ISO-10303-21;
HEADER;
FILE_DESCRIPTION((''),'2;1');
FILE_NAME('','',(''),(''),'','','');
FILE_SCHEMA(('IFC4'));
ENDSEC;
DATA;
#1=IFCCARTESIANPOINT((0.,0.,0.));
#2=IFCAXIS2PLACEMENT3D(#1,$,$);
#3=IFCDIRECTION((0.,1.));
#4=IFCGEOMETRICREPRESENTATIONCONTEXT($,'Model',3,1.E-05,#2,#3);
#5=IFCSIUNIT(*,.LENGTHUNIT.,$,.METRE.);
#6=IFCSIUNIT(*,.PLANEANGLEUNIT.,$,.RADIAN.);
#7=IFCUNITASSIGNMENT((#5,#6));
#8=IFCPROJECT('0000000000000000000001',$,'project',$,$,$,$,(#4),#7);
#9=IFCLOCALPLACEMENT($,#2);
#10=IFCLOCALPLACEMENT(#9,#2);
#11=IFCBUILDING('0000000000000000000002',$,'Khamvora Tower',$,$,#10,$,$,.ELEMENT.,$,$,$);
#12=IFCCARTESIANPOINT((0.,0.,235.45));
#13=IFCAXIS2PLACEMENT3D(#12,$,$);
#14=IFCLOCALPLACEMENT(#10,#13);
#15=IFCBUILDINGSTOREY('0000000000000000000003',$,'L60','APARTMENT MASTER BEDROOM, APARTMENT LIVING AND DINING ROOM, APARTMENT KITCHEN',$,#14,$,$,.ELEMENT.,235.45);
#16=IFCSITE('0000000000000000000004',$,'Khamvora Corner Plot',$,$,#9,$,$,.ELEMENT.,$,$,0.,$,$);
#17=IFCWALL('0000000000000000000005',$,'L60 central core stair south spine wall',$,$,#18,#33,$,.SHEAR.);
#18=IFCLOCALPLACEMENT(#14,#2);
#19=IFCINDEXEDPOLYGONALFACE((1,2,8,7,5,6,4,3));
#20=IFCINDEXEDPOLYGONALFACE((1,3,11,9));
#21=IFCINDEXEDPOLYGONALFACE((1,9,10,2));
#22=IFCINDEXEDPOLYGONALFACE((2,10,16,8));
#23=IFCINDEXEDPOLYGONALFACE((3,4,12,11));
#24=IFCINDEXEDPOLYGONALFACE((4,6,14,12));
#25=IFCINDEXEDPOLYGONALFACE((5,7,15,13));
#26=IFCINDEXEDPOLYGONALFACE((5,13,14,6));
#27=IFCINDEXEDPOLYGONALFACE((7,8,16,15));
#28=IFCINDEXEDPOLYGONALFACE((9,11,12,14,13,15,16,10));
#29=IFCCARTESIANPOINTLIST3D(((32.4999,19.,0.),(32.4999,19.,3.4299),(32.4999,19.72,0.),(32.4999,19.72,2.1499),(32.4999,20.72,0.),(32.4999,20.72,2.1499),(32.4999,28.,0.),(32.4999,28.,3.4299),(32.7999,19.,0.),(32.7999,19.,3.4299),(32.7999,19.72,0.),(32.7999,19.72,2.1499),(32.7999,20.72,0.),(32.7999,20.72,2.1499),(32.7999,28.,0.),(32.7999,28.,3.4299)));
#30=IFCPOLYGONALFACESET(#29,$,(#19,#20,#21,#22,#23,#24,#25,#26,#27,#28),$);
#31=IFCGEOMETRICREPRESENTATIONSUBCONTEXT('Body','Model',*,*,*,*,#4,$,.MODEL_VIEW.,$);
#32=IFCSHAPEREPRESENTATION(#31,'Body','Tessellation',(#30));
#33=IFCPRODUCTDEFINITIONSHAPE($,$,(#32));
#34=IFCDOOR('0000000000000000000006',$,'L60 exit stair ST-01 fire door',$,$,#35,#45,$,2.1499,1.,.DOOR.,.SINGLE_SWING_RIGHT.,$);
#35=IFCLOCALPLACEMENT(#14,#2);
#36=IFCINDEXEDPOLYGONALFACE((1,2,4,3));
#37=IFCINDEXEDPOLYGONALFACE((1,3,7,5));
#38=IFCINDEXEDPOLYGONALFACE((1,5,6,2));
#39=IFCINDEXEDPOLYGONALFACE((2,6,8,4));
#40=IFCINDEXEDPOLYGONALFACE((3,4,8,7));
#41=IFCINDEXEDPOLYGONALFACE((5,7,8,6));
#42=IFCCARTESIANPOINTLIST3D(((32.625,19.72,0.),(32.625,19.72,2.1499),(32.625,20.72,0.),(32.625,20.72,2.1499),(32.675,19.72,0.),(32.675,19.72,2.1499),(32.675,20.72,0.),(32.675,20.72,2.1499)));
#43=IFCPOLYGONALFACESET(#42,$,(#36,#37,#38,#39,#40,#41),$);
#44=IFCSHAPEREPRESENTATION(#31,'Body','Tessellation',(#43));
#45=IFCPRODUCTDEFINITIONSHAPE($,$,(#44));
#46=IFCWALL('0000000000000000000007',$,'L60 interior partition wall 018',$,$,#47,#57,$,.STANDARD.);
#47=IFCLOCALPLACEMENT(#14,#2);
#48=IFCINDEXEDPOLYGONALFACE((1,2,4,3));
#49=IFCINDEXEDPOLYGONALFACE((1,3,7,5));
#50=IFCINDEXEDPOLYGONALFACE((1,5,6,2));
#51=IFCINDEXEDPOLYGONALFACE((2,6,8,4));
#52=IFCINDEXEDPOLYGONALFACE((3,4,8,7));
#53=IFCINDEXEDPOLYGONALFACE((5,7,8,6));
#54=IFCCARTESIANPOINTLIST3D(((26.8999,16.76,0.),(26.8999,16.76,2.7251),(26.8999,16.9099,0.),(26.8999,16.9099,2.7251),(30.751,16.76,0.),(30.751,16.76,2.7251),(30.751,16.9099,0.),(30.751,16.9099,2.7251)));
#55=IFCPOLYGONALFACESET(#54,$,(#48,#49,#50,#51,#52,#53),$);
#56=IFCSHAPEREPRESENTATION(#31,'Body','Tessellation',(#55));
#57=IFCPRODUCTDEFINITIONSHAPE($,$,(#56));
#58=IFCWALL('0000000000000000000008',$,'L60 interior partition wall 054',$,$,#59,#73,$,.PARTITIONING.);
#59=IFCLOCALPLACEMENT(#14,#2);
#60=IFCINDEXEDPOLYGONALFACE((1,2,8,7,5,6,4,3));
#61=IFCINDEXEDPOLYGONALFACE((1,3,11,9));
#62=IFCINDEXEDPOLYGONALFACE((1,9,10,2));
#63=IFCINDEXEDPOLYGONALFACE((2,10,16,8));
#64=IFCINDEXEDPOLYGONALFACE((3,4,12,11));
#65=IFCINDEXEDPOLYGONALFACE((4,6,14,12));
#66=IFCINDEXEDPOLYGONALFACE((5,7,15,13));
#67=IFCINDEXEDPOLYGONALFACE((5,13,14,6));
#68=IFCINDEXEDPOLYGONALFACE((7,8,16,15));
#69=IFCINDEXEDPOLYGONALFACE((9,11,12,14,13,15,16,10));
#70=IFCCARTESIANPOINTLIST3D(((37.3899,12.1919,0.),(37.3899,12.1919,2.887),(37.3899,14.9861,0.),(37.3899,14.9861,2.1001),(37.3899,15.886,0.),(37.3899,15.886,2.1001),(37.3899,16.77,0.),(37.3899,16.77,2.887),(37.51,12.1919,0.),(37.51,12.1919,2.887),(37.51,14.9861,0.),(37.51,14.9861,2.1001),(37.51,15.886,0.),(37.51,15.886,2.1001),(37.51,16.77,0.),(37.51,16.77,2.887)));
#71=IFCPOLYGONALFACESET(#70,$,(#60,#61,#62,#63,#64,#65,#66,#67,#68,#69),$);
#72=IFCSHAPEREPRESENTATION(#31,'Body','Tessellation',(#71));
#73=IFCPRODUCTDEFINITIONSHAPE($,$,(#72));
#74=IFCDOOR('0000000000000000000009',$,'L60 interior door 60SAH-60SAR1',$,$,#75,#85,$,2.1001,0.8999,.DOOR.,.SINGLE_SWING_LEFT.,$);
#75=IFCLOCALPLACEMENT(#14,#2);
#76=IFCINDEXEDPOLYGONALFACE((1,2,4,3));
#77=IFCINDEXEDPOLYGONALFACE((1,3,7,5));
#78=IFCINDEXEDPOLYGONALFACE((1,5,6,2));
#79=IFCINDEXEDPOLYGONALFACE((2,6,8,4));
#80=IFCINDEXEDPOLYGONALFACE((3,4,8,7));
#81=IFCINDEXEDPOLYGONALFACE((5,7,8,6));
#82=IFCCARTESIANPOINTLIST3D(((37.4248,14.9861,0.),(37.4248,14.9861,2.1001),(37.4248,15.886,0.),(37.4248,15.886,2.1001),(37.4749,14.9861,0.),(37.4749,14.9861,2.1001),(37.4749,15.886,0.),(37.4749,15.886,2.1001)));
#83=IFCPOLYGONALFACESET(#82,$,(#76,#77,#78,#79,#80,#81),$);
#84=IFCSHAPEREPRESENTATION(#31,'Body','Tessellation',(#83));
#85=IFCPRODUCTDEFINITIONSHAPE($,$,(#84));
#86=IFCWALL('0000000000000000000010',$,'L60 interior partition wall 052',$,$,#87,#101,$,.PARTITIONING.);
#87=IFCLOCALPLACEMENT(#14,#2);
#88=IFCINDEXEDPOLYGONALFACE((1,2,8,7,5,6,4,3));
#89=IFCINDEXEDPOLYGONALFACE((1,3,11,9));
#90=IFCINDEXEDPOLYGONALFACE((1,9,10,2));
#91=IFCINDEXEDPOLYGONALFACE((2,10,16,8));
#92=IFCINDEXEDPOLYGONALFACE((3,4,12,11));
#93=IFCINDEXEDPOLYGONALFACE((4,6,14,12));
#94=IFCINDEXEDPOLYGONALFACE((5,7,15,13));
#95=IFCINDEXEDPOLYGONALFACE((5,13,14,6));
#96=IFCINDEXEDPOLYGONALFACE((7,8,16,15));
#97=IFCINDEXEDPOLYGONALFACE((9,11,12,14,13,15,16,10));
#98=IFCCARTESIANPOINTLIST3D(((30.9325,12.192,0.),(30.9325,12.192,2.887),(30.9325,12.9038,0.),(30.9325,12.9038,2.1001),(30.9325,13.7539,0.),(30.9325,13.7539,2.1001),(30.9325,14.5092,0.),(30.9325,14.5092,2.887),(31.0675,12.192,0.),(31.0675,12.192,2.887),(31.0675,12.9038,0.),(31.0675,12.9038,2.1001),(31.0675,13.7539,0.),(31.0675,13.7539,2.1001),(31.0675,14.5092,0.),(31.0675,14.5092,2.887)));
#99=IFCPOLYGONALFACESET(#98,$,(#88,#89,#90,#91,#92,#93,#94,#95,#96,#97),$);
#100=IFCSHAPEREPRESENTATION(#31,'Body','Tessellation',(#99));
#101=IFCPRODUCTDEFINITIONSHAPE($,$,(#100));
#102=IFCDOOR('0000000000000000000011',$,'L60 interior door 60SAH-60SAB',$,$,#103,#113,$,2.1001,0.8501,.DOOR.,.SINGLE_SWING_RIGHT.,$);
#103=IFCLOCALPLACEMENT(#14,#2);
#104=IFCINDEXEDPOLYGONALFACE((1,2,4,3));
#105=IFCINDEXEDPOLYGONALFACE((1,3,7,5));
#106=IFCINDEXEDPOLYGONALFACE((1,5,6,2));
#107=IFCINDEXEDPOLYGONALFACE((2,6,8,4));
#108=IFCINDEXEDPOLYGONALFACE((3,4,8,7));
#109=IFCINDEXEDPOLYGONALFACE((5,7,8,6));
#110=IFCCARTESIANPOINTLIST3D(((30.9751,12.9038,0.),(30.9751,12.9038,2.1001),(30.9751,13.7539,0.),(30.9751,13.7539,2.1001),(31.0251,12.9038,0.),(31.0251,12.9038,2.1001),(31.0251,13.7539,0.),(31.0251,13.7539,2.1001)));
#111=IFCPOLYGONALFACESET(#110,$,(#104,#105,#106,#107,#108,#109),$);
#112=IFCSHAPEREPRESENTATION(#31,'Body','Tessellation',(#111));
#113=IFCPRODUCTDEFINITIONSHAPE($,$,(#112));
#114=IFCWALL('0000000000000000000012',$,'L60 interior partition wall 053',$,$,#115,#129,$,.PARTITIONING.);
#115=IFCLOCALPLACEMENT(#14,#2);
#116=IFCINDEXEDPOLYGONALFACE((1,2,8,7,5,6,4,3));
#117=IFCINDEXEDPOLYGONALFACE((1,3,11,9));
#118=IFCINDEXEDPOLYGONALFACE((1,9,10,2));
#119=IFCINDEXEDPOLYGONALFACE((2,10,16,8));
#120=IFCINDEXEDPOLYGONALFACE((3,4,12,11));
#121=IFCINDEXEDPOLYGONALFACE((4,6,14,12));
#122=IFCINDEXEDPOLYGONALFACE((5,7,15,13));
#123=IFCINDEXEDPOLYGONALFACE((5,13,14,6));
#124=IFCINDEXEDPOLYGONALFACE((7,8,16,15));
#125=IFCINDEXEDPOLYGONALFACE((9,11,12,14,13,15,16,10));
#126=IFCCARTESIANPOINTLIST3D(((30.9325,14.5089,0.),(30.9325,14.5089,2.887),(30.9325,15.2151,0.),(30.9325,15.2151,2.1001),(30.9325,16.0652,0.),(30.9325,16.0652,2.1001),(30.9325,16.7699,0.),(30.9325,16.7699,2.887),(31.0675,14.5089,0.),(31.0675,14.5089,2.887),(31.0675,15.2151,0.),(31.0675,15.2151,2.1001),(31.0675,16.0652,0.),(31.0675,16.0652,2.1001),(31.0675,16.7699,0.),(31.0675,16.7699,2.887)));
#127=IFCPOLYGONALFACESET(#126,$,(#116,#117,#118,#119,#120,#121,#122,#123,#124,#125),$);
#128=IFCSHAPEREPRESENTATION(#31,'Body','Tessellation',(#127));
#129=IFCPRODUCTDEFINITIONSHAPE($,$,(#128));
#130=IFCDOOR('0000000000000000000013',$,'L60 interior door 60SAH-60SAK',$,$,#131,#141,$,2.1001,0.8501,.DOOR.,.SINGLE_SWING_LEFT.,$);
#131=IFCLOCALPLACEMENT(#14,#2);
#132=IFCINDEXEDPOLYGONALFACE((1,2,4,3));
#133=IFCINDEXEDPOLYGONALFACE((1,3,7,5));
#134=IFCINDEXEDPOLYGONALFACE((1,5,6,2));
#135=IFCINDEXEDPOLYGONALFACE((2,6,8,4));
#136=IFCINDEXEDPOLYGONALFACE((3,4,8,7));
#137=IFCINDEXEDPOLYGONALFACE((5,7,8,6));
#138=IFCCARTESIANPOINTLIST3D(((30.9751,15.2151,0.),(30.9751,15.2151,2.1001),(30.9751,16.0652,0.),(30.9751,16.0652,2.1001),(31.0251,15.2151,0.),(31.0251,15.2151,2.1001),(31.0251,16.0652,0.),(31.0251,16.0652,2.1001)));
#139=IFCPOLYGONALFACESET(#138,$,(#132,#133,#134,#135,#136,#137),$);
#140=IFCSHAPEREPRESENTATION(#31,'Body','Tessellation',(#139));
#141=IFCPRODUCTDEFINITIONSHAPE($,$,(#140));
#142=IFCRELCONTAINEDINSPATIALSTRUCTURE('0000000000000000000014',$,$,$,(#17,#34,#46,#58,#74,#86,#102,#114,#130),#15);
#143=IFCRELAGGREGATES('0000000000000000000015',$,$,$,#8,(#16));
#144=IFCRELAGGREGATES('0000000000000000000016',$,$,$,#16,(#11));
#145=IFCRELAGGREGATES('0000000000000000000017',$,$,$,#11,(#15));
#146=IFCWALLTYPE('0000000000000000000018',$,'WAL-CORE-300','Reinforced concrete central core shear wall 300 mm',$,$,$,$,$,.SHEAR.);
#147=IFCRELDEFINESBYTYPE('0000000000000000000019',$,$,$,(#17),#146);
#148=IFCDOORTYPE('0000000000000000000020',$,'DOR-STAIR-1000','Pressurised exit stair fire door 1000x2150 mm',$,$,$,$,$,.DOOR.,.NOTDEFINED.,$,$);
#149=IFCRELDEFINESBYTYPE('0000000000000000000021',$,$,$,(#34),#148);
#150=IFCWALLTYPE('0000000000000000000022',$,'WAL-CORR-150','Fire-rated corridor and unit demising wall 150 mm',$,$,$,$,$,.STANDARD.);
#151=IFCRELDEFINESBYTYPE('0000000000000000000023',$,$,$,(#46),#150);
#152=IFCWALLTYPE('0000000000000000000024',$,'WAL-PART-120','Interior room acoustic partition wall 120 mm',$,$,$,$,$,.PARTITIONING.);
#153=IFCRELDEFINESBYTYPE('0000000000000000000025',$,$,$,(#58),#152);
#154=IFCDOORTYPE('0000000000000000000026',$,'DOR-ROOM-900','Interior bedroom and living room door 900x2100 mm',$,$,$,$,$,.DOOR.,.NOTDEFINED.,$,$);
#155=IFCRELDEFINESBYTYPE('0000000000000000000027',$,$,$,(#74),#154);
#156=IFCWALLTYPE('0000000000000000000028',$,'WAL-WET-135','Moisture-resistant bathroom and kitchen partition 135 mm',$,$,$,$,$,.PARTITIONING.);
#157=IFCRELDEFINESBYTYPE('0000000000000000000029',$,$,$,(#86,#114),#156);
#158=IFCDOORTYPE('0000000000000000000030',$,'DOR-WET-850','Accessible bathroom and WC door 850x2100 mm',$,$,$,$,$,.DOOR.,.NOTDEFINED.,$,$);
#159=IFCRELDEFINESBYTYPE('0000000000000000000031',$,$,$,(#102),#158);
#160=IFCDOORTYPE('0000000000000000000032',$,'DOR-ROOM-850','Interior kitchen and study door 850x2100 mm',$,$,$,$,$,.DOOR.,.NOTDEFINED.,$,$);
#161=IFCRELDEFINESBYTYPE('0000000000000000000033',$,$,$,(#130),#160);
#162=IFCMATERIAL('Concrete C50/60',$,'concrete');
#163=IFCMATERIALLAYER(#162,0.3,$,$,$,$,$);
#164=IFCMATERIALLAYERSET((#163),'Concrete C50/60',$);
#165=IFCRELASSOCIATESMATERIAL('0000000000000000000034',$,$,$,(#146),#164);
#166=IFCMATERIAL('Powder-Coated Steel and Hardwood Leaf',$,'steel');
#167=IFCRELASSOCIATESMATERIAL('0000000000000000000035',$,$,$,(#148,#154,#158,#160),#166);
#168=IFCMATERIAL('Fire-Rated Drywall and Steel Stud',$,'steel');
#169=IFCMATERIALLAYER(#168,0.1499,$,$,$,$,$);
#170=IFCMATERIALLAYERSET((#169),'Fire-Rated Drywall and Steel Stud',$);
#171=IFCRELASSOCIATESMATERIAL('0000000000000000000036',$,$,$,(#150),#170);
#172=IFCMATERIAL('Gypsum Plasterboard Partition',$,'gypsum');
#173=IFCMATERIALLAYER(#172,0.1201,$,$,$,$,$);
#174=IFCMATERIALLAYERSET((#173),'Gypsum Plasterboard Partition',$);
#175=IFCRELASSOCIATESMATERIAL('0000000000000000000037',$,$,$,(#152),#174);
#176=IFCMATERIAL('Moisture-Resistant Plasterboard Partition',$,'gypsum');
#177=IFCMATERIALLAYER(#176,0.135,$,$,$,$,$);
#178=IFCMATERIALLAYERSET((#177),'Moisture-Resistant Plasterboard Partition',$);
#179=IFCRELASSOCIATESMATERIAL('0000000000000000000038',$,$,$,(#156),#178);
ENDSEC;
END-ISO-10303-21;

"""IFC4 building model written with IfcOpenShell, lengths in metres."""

from ifc_helpers import new_model, si_unit, direction, frame, frame_2d, origin, place, context, subcontext, project, spatial, rectangle, extrude, material, layer, layer_set, type_object, element, fill, save


model = new_model("IFC4")

# Units and contexts
model_context = context("Model", 3, precision=1e-05, world=origin(), true_north=direction((0.0, 1.0)))
body_context = subcontext(model_context, "Body", "Model", "MODEL_VIEW")
ifc_project = project(units=[si_unit("LENGTHUNIT", "METRE"), si_unit("PLANEANGLEUNIT", "RADIAN")], contexts=[model_context])

# Site, building, storey
site_placement = place(None, origin())
site = spatial("IfcSite", under=ifc_project, at=site_placement, Name="Khamvora Corner Plot", CompositionType="ELEMENT", RefElevation=0.0)
building_placement = place(site_placement, origin())
building = spatial("IfcBuilding", under=site, at=building_placement, Name="Khamvora Tower", CompositionType="ELEMENT")
storey_placement = place(building_placement, frame((0.0, 0.0, 235.45)))
storey = spatial("IfcBuildingStorey", under=building, at=storey_placement, Name="L60", Description="APARTMENT MASTER BEDROOM, APARTMENT LIVING AND DINING ROOM, APARTMENT KITCHEN", CompositionType="ELEMENT", Elevation=235.45)

# Shared definitions
ifc_material_1 = material(Name="Concrete C50/60", Category="concrete")
ifc_layer_1 = layer(ifc_material_1, 0.3)
ifc_layer_set_1 = layer_set([ifc_layer_1], Name="Concrete C50/60")
wall_type_1 = type_object("IfcWallType", Name="WAL-CORE-300", Description="Reinforced concrete central core shear wall 300 mm", PredefinedType="SHEAR", material=ifc_layer_set_1)

# Wall, opening, door
ifc_material_2 = material(Name="Powder-Coated Steel and Hardwood Leaf", Category="steel")
wall_1_placement = place(storey_placement, frame((32.6499, 19.0, 0.0), z_axis=(0.0, 0.0, 1.0), x_axis=(0.0, 1.0, 0.0)))
wall_1 = element("IfcWall", 1, at=wall_1_placement, inside=storey, type_object=wall_type_1, Name="L60 central core stair south spine wall", PredefinedType="SHEAR", context=body_context, shape_type="SweptSolid", body=[
    extrude(rectangle(XDim=9.0, YDim=0.3, at=frame_2d((4.5, 0.0))), origin(), (0.0, 0.0, 1.0), 3.4299),
])
opening_1_placement = place(wall_1_placement, frame((0.72, 0.0, 0.0)))
opening_1 = element("IfcOpeningElement", 2, at=opening_1_placement, cuts=wall_1, PredefinedType="OPENING", context=body_context, shape_type="SweptSolid", body=[
    extrude(rectangle(XDim=1.0, YDim=2.1499, at=frame_2d((0.5, 1.075))), frame((0.0, 0.1599, 0.0), z_axis=(0.0, -1.0, 0.0), x_axis=(1.0, 0.0, 0.0)), (0.0, 0.0, 1.0), 0.3201),
])
door_type_1 = type_object("IfcDoorType", Name="DOR-STAIR-1000", Description="Pressurised exit stair fire door 1000x2150 mm", OperationType="NOTDEFINED", PredefinedType="DOOR", material=ifc_material_2)
door_1_placement = place(opening_1_placement, origin())
door_1 = element("IfcDoor", 3, at=door_1_placement, inside=storey, type_object=door_type_1, Name="L60 exit stair ST-01 fire door", OperationType="SINGLE_SWING_RIGHT", OverallHeight=2.1499, OverallWidth=1.0, PredefinedType="DOOR", context=body_context, shape_type="SweptSolid", body=[
    extrude(rectangle(XDim=1.0, YDim=2.1499, at=frame_2d((0.5, 1.075))), frame((0.0, 0.0249, 0.0), z_axis=(0.0, -1.0, 0.0), x_axis=(1.0, 0.0, 0.0)), (0.0, 0.0, 1.0), 0.05),
])
fill(opening_1, door_1)

# Wall
ifc_material_3 = material(Name="Fire-Rated Drywall and Steel Stud", Category="steel")
ifc_layer_2 = layer(ifc_material_3, 0.1499)
ifc_layer_set_2 = layer_set([ifc_layer_2], Name="Fire-Rated Drywall and Steel Stud")
wall_type_2 = type_object("IfcWallType", Name="WAL-CORR-150", Description="Fire-rated corridor and unit demising wall 150 mm", PredefinedType="STANDARD", material=ifc_layer_set_2)
wall_2_placement = place(storey_placement, frame((30.751, 16.835, 0.0), z_axis=(0.0, 0.0, 1.0), x_axis=(-1.0, 0.0, 0.0)))
element("IfcWall", 4, at=wall_2_placement, inside=storey, type_object=wall_type_2, Name="L60 interior partition wall 018", PredefinedType="STANDARD", context=body_context, shape_type="SweptSolid", body=[
    extrude(rectangle(XDim=3.8511, YDim=0.1499, at=frame_2d((1.9255, 0.0))), origin(), (0.0, 0.0, 1.0), 2.7251),
])

# Walls, openings, doors
ifc_material_4 = material(Name="Gypsum Plasterboard Partition", Category="gypsum")
ifc_layer_3 = layer(ifc_material_4, 0.1201)
ifc_layer_set_3 = layer_set([ifc_layer_3], Name="Gypsum Plasterboard Partition")
wall_type_3 = type_object("IfcWallType", Name="WAL-PART-120", Description="Interior room acoustic partition wall 120 mm", PredefinedType="PARTITIONING", material=ifc_layer_set_3)
wall_3_placement = place(storey_placement, frame((37.45, 16.77, 0.0), z_axis=(0.0, 0.0, 1.0), x_axis=(0.0, -1.0, 0.0)))
wall_3 = element("IfcWall", 5, at=wall_3_placement, inside=storey, type_object=wall_type_3, Name="L60 interior partition wall 054", PredefinedType="PARTITIONING", context=body_context, shape_type="SweptSolid", body=[
    extrude(rectangle(XDim=4.5781, YDim=0.1201, at=frame_2d((2.2891, 0.0))), origin(), (0.0, 0.0, 1.0), 2.887),
])
opening_2_placement = place(wall_3_placement, frame((0.884, 0.0, 0.0)))
opening_2 = element("IfcOpeningElement", 6, at=opening_2_placement, cuts=wall_3, PredefinedType="OPENING", context=body_context, shape_type="SweptSolid", body=[
    extrude(rectangle(XDim=0.8999, YDim=2.1001, at=frame_2d((0.45, 1.05))), frame((0.0, 0.0701, 0.0), z_axis=(0.0, -1.0, 0.0), x_axis=(1.0, 0.0, 0.0)), (0.0, 0.0, 1.0), 0.1401),
])
door_type_2 = type_object("IfcDoorType", Name="DOR-ROOM-900", Description="Interior bedroom and living room door 900x2100 mm", OperationType="NOTDEFINED", PredefinedType="DOOR", material=ifc_material_2)
door_2_placement = place(opening_2_placement, origin())
door_2 = element("IfcDoor", 7, at=door_2_placement, inside=storey, type_object=door_type_2, Name="L60 interior door 60SAH-60SAR1", OperationType="SINGLE_SWING_LEFT", OverallHeight=2.1001, OverallWidth=0.8999, PredefinedType="DOOR", context=body_context, shape_type="SweptSolid", body=[
    extrude(rectangle(XDim=0.8999, YDim=2.1001, at=frame_2d((0.45, 1.05))), frame((0.0, 0.0249, 0.0), z_axis=(0.0, -1.0, 0.0), x_axis=(1.0, 0.0, 0.0)), (0.0, 0.0, 1.0), 0.05),
])
fill(opening_2, door_2)
ifc_material_5 = material(Name="Moisture-Resistant Plasterboard Partition", Category="gypsum")
ifc_layer_4 = layer(ifc_material_5, 0.135)
ifc_layer_set_4 = layer_set([ifc_layer_4], Name="Moisture-Resistant Plasterboard Partition")
wall_type_4 = type_object("IfcWallType", Name="WAL-WET-135", Description="Moisture-resistant bathroom and kitchen partition 135 mm", PredefinedType="PARTITIONING", material=ifc_layer_set_4)
wall_4_placement = place(storey_placement, frame((31.0, 12.1919, 0.0), z_axis=(0.0, 0.0, 1.0), x_axis=(0.0, 1.0, 0.0)))
wall_4 = element("IfcWall", 8, at=wall_4_placement, inside=storey, type_object=wall_type_4, Name="L60 interior partition wall 052", PredefinedType="PARTITIONING", context=body_context, shape_type="SweptSolid", body=[
    extrude(rectangle(XDim=2.3171, YDim=0.135, at=frame_2d((1.1587, 0.0))), origin(), (0.0, 0.0, 1.0), 2.887),
])
opening_3_placement = place(wall_4_placement, frame((0.7119, 0.0, 0.0)))
opening_3 = element("IfcOpeningElement", 9, at=opening_3_placement, cuts=wall_4, PredefinedType="OPENING", context=body_context, shape_type="SweptSolid", body=[
    extrude(rectangle(XDim=0.8501, YDim=2.1001, at=frame_2d((0.425, 1.05))), frame((0.0, 0.0774, 0.0), z_axis=(0.0, -1.0, 0.0), x_axis=(1.0, 0.0, 0.0)), (0.0, 0.0, 1.0), 0.155),
])
door_type_3 = type_object("IfcDoorType", Name="DOR-WET-850", Description="Accessible bathroom and WC door 850x2100 mm", OperationType="NOTDEFINED", PredefinedType="DOOR", material=ifc_material_2)
door_3_placement = place(opening_3_placement, origin())
door_3 = element("IfcDoor", 10, at=door_3_placement, inside=storey, type_object=door_type_3, Name="L60 interior door 60SAH-60SAB", OperationType="SINGLE_SWING_RIGHT", OverallHeight=2.1001, OverallWidth=0.8501, PredefinedType="DOOR", context=body_context, shape_type="SweptSolid", body=[
    extrude(rectangle(XDim=0.8501, YDim=2.1001, at=frame_2d((0.425, 1.05))), frame((0.0, 0.0249, 0.0), z_axis=(0.0, -1.0, 0.0), x_axis=(1.0, 0.0, 0.0)), (0.0, 0.0, 1.0), 0.05),
])
fill(opening_3, door_3)
wall_5_placement = place(storey_placement, frame((31.0, 14.509, 0.0), z_axis=(0.0, 0.0, 1.0), x_axis=(0.0, 1.0, 0.0)))
wall_5 = element("IfcWall", 11, at=wall_5_placement, inside=storey, type_object=wall_type_4, Name="L60 interior partition wall 053", PredefinedType="PARTITIONING", context=body_context, shape_type="SweptSolid", body=[
    extrude(rectangle(XDim=2.261, YDim=0.135, at=frame_2d((1.1304, 0.0))), origin(), (0.0, 0.0, 1.0), 2.887),
])
opening_4_placement = place(wall_5_placement, frame((0.7061, 0.0, 0.0)))
opening_4 = element("IfcOpeningElement", 12, at=opening_4_placement, cuts=wall_5, PredefinedType="OPENING", context=body_context, shape_type="SweptSolid", body=[
    extrude(rectangle(XDim=0.8501, YDim=2.1001, at=frame_2d((0.425, 1.05))), frame((0.0, 0.0774, 0.0), z_axis=(0.0, -1.0, 0.0), x_axis=(1.0, 0.0, 0.0)), (0.0, 0.0, 1.0), 0.155),
])
door_type_4 = type_object("IfcDoorType", Name="DOR-ROOM-850", Description="Interior kitchen and study door 850x2100 mm", OperationType="NOTDEFINED", PredefinedType="DOOR", material=ifc_material_2)
door_4_placement = place(opening_4_placement, origin())
door_4 = element("IfcDoor", 13, at=door_4_placement, inside=storey, type_object=door_type_4, Name="L60 interior door 60SAH-60SAK", OperationType="SINGLE_SWING_LEFT", OverallHeight=2.1001, OverallWidth=0.8501, PredefinedType="DOOR", context=body_context, shape_type="SweptSolid", body=[
    extrude(rectangle(XDim=0.8501, YDim=2.1001, at=frame_2d((0.425, 1.05))), frame((0.0, 0.0249, 0.0), z_axis=(0.0, -1.0, 0.0), x_axis=(1.0, 0.0, 0.0)), (0.0, 0.0, 1.0), 0.05),
])
fill(opening_4, door_4)

save(model, "model.ifc")
